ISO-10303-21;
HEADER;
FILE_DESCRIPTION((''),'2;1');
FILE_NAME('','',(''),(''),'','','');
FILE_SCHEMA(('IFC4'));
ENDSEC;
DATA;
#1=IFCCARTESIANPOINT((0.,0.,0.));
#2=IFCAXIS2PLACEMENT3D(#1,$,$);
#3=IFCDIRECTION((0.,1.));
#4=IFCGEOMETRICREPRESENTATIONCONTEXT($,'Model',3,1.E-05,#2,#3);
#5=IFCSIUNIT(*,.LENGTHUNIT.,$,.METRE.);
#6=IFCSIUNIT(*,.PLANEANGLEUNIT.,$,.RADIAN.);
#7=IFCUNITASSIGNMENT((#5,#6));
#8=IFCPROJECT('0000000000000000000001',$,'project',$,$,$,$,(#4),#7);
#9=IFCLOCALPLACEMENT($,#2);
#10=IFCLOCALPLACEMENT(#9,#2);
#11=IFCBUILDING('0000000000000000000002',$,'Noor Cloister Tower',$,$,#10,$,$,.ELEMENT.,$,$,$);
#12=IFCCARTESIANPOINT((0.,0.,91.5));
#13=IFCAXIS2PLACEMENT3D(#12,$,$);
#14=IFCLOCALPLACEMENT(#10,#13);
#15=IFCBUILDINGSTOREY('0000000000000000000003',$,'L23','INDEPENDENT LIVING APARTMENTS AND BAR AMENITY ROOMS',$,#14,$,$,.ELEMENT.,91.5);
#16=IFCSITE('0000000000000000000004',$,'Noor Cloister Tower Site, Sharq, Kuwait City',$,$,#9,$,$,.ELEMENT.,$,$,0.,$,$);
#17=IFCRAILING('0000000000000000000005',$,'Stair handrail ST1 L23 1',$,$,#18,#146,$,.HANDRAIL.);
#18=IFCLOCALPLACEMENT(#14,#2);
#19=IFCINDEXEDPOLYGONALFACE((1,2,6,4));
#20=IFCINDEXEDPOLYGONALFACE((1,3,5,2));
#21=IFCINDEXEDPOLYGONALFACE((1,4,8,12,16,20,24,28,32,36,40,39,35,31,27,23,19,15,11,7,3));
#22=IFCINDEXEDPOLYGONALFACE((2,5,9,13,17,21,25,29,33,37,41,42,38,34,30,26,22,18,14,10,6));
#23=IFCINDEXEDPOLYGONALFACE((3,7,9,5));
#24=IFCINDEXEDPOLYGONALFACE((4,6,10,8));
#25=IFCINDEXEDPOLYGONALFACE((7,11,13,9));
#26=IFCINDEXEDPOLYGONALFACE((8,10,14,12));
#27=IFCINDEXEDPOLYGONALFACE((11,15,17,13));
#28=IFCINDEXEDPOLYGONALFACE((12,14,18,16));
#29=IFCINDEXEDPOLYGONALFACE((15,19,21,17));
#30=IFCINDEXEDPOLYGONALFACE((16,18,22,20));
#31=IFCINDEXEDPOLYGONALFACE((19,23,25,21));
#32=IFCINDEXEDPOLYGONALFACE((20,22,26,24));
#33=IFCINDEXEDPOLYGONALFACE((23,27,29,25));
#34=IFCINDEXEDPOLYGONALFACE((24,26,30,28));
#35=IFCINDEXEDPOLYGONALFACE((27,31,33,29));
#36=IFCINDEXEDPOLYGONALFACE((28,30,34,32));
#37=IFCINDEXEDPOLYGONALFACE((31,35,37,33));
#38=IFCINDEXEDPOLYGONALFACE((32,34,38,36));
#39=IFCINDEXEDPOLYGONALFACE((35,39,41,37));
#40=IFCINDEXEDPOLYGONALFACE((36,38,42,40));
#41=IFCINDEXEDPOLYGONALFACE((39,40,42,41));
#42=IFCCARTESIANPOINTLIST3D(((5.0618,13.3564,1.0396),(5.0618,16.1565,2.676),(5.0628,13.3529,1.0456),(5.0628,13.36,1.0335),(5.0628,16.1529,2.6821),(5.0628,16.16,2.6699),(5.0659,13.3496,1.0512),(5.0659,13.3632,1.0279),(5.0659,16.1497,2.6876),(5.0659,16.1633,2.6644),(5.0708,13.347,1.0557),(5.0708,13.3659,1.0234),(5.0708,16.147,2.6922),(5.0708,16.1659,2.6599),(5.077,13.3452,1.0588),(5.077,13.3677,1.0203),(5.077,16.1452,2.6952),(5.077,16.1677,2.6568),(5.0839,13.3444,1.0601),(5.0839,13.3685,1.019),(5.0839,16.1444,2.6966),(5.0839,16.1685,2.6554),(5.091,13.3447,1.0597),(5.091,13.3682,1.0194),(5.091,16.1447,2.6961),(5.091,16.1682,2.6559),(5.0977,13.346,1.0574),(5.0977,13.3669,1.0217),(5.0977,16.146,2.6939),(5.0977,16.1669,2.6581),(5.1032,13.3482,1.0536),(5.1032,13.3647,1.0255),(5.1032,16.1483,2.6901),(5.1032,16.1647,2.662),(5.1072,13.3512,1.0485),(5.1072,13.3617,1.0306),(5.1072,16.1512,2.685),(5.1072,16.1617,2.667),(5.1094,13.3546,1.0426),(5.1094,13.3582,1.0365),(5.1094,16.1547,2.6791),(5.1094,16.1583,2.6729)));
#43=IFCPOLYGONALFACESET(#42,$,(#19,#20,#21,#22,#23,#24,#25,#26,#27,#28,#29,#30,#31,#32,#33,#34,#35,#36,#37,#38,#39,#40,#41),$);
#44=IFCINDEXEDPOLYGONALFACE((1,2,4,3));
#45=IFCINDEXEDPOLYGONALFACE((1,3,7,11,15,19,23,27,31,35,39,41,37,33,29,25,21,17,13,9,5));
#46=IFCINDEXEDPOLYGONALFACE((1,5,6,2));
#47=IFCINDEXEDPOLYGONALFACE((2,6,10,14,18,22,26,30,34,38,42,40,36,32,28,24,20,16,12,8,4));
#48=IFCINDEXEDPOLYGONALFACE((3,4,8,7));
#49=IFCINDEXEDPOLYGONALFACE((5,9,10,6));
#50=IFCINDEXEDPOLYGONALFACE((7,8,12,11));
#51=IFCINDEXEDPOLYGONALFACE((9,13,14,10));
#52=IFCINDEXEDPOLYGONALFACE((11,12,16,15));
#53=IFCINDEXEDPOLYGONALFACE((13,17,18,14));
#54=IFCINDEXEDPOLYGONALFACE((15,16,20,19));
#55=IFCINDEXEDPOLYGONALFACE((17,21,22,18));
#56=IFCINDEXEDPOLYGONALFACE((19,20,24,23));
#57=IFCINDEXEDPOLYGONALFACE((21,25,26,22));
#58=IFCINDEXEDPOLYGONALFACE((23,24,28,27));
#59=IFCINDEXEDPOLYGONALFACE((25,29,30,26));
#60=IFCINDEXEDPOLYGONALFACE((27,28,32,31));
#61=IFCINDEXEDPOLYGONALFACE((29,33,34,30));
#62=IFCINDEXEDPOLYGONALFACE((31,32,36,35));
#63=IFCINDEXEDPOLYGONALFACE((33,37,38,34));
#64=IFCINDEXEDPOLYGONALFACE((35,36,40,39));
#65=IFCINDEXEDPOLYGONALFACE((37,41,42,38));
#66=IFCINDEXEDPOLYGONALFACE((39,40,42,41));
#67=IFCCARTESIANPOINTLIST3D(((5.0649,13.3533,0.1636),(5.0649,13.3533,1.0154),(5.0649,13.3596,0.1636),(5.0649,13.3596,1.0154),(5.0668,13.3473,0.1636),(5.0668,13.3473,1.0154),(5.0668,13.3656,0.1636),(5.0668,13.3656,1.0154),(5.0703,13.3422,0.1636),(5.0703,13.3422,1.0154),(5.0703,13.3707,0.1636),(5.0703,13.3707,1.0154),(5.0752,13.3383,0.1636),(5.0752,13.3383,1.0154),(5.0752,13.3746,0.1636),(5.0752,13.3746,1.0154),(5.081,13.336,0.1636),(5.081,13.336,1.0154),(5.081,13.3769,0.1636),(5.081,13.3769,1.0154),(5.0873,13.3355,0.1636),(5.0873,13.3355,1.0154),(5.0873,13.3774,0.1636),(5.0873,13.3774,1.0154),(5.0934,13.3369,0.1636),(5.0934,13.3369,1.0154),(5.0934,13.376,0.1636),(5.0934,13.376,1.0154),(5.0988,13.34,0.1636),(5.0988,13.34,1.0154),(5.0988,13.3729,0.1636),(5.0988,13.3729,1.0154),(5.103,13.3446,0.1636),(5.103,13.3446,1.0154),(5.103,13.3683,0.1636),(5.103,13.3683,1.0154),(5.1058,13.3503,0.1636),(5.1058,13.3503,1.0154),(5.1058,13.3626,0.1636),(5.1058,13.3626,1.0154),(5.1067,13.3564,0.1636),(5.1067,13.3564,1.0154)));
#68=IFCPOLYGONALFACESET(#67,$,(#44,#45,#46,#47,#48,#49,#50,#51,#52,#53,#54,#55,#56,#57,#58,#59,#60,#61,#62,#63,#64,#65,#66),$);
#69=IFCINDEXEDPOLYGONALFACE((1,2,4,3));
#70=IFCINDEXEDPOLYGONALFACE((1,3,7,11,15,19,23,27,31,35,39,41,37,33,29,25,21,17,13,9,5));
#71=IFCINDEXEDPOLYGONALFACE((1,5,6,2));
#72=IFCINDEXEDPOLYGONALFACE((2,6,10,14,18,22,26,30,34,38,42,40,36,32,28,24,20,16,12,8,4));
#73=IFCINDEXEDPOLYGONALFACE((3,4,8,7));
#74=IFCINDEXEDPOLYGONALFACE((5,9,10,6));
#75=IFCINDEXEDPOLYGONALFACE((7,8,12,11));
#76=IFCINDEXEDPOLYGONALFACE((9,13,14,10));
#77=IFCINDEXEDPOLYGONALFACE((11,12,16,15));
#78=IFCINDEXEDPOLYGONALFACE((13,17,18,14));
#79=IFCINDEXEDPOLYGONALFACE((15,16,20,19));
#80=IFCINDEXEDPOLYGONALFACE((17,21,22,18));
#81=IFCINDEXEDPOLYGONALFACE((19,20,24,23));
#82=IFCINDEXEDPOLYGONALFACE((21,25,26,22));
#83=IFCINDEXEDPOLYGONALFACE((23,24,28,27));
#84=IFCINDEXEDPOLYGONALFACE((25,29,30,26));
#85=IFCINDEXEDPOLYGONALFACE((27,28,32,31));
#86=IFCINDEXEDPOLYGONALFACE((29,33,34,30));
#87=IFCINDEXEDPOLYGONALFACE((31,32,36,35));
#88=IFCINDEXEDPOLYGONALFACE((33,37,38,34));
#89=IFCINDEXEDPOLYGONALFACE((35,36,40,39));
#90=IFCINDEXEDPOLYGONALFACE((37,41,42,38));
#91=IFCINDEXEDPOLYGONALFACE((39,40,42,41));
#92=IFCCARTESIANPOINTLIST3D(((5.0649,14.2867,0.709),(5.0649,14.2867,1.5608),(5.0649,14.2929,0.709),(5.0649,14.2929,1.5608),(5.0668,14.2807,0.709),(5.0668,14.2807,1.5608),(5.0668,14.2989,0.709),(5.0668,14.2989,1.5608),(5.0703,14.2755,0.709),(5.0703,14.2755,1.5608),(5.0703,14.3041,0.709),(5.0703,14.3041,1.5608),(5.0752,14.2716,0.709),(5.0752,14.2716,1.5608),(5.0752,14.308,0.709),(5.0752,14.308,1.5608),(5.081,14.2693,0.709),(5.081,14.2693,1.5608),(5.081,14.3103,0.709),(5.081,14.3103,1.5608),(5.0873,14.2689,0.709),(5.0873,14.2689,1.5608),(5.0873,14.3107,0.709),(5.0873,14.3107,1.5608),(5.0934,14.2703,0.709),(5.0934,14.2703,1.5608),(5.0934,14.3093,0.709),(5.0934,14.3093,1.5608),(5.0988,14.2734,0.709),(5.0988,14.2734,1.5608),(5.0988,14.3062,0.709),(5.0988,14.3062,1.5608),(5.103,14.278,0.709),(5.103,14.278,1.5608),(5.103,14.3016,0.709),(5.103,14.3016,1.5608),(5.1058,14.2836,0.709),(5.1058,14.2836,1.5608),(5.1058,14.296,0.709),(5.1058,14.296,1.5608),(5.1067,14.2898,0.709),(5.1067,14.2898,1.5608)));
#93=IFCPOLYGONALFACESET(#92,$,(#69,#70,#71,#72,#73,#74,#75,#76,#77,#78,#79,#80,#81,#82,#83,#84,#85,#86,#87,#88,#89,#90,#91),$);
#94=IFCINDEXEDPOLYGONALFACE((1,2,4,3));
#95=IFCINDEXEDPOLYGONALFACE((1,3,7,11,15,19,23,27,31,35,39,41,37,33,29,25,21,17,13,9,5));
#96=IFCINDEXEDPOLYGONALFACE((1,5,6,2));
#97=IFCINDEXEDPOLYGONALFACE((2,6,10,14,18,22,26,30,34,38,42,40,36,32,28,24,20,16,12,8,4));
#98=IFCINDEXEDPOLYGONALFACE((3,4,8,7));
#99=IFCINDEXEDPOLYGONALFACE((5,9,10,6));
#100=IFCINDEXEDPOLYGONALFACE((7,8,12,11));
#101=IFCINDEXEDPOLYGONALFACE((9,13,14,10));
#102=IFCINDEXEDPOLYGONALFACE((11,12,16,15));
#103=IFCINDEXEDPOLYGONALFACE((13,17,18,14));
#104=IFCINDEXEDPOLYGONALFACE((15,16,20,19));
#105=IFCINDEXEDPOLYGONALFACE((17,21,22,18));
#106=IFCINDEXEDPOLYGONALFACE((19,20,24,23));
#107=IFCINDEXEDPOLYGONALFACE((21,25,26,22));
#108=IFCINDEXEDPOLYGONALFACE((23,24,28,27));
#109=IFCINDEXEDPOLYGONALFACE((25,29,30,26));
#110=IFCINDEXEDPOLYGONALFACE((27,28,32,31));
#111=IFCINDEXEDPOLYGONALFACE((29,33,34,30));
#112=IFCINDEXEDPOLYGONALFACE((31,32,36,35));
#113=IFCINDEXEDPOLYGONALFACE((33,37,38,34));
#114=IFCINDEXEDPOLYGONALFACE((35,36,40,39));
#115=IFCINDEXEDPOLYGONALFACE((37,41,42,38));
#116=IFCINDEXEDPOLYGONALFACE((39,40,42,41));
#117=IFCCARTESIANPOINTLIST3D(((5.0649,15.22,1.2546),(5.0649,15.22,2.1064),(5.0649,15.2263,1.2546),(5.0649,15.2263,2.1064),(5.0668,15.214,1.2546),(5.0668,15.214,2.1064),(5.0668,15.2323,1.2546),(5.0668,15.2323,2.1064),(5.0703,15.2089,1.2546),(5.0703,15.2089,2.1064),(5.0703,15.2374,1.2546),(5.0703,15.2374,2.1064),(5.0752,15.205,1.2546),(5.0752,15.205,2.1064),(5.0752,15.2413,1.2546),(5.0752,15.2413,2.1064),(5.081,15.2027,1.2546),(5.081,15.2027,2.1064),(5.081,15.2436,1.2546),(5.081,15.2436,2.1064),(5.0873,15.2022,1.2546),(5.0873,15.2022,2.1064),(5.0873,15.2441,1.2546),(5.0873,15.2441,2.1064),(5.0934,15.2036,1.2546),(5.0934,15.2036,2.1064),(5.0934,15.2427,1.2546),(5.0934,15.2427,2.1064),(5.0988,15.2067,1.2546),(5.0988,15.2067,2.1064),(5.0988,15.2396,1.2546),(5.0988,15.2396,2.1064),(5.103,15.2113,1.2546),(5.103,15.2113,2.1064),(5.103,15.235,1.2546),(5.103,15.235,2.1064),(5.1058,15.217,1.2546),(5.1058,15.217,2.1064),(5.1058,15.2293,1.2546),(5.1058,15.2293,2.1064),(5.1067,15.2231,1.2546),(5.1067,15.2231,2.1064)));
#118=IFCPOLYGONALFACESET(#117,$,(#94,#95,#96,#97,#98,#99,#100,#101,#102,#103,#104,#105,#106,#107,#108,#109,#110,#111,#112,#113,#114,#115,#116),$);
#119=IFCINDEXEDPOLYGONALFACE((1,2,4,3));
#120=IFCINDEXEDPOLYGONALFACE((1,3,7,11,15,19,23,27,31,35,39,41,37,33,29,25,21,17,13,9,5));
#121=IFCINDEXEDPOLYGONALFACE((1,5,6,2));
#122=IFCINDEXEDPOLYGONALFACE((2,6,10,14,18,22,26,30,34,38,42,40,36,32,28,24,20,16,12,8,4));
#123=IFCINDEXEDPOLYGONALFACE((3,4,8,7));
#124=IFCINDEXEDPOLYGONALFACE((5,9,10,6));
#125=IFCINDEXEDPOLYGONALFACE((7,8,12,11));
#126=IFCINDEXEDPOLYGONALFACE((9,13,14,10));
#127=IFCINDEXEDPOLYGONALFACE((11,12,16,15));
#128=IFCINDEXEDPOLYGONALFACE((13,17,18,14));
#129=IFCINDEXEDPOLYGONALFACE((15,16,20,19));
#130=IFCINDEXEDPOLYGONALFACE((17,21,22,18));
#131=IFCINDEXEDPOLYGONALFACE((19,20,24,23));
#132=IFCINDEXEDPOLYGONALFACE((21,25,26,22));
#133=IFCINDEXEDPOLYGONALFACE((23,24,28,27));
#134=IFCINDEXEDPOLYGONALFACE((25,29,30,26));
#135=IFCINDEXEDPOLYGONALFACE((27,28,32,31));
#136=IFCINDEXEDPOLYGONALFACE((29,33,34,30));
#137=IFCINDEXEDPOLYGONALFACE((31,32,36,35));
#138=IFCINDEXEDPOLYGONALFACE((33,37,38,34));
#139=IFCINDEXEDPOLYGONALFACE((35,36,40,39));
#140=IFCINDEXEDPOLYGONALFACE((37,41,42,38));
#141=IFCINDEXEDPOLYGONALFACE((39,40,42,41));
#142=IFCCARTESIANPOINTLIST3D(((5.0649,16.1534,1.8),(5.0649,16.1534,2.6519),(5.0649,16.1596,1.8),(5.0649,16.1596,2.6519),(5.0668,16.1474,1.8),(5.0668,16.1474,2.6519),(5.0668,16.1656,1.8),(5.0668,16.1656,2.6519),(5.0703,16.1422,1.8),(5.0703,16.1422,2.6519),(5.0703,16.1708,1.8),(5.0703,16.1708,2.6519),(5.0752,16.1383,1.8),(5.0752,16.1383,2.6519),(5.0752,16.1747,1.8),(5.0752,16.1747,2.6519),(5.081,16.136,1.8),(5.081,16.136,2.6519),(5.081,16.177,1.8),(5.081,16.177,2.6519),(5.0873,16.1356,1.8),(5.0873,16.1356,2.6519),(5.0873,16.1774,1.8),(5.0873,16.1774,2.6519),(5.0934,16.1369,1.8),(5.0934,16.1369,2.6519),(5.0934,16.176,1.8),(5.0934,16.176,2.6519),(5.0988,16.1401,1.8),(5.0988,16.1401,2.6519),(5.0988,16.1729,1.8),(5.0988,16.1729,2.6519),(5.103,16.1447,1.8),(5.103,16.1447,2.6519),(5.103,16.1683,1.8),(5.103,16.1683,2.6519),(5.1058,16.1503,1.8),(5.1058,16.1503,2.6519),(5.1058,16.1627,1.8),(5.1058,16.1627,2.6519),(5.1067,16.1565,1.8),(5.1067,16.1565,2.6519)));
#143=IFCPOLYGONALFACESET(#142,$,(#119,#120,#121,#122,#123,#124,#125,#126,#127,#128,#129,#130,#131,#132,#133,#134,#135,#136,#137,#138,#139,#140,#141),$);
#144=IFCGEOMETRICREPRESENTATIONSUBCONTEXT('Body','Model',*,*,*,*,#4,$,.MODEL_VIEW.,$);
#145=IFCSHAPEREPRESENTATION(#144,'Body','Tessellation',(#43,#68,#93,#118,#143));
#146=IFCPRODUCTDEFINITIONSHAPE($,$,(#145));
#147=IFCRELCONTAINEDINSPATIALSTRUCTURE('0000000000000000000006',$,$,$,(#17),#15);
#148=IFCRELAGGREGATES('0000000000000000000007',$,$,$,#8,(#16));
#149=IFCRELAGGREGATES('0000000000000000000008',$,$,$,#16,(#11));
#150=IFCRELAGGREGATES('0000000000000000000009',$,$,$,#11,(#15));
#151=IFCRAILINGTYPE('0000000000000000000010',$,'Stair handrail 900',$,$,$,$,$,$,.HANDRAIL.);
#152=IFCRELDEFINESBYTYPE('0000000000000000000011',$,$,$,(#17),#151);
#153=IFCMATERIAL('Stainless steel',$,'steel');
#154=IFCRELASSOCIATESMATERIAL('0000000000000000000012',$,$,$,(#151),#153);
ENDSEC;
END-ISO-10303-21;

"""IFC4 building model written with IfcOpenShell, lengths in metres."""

from ifc_helpers import new_model, si_unit, direction, frame, origin, origin_2d, place, context, subcontext, project, spatial, circle, extrude, material, type_object, element, save


model = new_model("IFC4")

# Units and contexts
model_context = context("Model", 3, precision=1e-05, world=origin(), true_north=direction((0.0, 1.0)))
body_context = subcontext(model_context, "Body", "Model", "MODEL_VIEW")
ifc_project = project(units=[si_unit("LENGTHUNIT", "METRE"), si_unit("PLANEANGLEUNIT", "RADIAN")], contexts=[model_context])

# Site, building, storey
site_placement = place(None, origin())
site = spatial("IfcSite", under=ifc_project, at=site_placement, Name="Noor Cloister Tower Site, Sharq, Kuwait City", CompositionType="ELEMENT", RefElevation=0.0)
building_placement = place(site_placement, origin())
building = spatial("IfcBuilding", under=site, at=building_placement, Name="Noor Cloister Tower", CompositionType="ELEMENT")
storey_placement = place(building_placement, frame((0.0, 0.0, 91.5)))
storey = spatial("IfcBuildingStorey", under=building, at=storey_placement, Name="L23", Description="INDEPENDENT LIVING APARTMENTS AND BAR AMENITY ROOMS", CompositionType="ELEMENT", Elevation=91.5)

# Railing
ifc_material_1 = material(Name="Stainless steel", Category="steel")
railing_type_1 = type_object("IfcRailingType", Name="Stair handrail 900", PredefinedType="HANDRAIL", material=ifc_material_1)
railing_1_placement = place(storey_placement, frame((5.0857, 13.3564, 0.1636)))
element("IfcRailing", 1, at=railing_1_placement, inside=storey, type_object=railing_type_1, Name="Stair handrail ST1 L23 1", PredefinedType="HANDRAIL", context=body_context, shape_type="SweptSolid", body=[
    extrude(circle(Radius=0.0239, at=origin_2d()), frame((0.0, 0.0, 0.876), z_axis=(0.0, 0.863361, 0.504587), x_axis=(-1.0, 0.0, 0.0)), (0.0, 0.0, 1.0), 3.2432),
    extrude(circle(Radius=0.021, at=origin_2d()), origin(), (0.0, 0.0, 1.0), 0.8518),
    extrude(circle(Radius=0.021, at=origin_2d()), frame((0.0, 0.9333, 0.5454)), (0.0, 0.0, 1.0), 0.8518),
    extrude(circle(Radius=0.021, at=origin_2d()), frame((0.0, 1.8667, 1.0911)), (0.0, 0.0, 1.0), 0.8518),
    extrude(circle(Radius=0.021, at=origin_2d()), frame((0.0, 2.8, 1.6365)), (0.0, 0.0, 1.0), 0.8518),
])

save(model, "model.ifc")
